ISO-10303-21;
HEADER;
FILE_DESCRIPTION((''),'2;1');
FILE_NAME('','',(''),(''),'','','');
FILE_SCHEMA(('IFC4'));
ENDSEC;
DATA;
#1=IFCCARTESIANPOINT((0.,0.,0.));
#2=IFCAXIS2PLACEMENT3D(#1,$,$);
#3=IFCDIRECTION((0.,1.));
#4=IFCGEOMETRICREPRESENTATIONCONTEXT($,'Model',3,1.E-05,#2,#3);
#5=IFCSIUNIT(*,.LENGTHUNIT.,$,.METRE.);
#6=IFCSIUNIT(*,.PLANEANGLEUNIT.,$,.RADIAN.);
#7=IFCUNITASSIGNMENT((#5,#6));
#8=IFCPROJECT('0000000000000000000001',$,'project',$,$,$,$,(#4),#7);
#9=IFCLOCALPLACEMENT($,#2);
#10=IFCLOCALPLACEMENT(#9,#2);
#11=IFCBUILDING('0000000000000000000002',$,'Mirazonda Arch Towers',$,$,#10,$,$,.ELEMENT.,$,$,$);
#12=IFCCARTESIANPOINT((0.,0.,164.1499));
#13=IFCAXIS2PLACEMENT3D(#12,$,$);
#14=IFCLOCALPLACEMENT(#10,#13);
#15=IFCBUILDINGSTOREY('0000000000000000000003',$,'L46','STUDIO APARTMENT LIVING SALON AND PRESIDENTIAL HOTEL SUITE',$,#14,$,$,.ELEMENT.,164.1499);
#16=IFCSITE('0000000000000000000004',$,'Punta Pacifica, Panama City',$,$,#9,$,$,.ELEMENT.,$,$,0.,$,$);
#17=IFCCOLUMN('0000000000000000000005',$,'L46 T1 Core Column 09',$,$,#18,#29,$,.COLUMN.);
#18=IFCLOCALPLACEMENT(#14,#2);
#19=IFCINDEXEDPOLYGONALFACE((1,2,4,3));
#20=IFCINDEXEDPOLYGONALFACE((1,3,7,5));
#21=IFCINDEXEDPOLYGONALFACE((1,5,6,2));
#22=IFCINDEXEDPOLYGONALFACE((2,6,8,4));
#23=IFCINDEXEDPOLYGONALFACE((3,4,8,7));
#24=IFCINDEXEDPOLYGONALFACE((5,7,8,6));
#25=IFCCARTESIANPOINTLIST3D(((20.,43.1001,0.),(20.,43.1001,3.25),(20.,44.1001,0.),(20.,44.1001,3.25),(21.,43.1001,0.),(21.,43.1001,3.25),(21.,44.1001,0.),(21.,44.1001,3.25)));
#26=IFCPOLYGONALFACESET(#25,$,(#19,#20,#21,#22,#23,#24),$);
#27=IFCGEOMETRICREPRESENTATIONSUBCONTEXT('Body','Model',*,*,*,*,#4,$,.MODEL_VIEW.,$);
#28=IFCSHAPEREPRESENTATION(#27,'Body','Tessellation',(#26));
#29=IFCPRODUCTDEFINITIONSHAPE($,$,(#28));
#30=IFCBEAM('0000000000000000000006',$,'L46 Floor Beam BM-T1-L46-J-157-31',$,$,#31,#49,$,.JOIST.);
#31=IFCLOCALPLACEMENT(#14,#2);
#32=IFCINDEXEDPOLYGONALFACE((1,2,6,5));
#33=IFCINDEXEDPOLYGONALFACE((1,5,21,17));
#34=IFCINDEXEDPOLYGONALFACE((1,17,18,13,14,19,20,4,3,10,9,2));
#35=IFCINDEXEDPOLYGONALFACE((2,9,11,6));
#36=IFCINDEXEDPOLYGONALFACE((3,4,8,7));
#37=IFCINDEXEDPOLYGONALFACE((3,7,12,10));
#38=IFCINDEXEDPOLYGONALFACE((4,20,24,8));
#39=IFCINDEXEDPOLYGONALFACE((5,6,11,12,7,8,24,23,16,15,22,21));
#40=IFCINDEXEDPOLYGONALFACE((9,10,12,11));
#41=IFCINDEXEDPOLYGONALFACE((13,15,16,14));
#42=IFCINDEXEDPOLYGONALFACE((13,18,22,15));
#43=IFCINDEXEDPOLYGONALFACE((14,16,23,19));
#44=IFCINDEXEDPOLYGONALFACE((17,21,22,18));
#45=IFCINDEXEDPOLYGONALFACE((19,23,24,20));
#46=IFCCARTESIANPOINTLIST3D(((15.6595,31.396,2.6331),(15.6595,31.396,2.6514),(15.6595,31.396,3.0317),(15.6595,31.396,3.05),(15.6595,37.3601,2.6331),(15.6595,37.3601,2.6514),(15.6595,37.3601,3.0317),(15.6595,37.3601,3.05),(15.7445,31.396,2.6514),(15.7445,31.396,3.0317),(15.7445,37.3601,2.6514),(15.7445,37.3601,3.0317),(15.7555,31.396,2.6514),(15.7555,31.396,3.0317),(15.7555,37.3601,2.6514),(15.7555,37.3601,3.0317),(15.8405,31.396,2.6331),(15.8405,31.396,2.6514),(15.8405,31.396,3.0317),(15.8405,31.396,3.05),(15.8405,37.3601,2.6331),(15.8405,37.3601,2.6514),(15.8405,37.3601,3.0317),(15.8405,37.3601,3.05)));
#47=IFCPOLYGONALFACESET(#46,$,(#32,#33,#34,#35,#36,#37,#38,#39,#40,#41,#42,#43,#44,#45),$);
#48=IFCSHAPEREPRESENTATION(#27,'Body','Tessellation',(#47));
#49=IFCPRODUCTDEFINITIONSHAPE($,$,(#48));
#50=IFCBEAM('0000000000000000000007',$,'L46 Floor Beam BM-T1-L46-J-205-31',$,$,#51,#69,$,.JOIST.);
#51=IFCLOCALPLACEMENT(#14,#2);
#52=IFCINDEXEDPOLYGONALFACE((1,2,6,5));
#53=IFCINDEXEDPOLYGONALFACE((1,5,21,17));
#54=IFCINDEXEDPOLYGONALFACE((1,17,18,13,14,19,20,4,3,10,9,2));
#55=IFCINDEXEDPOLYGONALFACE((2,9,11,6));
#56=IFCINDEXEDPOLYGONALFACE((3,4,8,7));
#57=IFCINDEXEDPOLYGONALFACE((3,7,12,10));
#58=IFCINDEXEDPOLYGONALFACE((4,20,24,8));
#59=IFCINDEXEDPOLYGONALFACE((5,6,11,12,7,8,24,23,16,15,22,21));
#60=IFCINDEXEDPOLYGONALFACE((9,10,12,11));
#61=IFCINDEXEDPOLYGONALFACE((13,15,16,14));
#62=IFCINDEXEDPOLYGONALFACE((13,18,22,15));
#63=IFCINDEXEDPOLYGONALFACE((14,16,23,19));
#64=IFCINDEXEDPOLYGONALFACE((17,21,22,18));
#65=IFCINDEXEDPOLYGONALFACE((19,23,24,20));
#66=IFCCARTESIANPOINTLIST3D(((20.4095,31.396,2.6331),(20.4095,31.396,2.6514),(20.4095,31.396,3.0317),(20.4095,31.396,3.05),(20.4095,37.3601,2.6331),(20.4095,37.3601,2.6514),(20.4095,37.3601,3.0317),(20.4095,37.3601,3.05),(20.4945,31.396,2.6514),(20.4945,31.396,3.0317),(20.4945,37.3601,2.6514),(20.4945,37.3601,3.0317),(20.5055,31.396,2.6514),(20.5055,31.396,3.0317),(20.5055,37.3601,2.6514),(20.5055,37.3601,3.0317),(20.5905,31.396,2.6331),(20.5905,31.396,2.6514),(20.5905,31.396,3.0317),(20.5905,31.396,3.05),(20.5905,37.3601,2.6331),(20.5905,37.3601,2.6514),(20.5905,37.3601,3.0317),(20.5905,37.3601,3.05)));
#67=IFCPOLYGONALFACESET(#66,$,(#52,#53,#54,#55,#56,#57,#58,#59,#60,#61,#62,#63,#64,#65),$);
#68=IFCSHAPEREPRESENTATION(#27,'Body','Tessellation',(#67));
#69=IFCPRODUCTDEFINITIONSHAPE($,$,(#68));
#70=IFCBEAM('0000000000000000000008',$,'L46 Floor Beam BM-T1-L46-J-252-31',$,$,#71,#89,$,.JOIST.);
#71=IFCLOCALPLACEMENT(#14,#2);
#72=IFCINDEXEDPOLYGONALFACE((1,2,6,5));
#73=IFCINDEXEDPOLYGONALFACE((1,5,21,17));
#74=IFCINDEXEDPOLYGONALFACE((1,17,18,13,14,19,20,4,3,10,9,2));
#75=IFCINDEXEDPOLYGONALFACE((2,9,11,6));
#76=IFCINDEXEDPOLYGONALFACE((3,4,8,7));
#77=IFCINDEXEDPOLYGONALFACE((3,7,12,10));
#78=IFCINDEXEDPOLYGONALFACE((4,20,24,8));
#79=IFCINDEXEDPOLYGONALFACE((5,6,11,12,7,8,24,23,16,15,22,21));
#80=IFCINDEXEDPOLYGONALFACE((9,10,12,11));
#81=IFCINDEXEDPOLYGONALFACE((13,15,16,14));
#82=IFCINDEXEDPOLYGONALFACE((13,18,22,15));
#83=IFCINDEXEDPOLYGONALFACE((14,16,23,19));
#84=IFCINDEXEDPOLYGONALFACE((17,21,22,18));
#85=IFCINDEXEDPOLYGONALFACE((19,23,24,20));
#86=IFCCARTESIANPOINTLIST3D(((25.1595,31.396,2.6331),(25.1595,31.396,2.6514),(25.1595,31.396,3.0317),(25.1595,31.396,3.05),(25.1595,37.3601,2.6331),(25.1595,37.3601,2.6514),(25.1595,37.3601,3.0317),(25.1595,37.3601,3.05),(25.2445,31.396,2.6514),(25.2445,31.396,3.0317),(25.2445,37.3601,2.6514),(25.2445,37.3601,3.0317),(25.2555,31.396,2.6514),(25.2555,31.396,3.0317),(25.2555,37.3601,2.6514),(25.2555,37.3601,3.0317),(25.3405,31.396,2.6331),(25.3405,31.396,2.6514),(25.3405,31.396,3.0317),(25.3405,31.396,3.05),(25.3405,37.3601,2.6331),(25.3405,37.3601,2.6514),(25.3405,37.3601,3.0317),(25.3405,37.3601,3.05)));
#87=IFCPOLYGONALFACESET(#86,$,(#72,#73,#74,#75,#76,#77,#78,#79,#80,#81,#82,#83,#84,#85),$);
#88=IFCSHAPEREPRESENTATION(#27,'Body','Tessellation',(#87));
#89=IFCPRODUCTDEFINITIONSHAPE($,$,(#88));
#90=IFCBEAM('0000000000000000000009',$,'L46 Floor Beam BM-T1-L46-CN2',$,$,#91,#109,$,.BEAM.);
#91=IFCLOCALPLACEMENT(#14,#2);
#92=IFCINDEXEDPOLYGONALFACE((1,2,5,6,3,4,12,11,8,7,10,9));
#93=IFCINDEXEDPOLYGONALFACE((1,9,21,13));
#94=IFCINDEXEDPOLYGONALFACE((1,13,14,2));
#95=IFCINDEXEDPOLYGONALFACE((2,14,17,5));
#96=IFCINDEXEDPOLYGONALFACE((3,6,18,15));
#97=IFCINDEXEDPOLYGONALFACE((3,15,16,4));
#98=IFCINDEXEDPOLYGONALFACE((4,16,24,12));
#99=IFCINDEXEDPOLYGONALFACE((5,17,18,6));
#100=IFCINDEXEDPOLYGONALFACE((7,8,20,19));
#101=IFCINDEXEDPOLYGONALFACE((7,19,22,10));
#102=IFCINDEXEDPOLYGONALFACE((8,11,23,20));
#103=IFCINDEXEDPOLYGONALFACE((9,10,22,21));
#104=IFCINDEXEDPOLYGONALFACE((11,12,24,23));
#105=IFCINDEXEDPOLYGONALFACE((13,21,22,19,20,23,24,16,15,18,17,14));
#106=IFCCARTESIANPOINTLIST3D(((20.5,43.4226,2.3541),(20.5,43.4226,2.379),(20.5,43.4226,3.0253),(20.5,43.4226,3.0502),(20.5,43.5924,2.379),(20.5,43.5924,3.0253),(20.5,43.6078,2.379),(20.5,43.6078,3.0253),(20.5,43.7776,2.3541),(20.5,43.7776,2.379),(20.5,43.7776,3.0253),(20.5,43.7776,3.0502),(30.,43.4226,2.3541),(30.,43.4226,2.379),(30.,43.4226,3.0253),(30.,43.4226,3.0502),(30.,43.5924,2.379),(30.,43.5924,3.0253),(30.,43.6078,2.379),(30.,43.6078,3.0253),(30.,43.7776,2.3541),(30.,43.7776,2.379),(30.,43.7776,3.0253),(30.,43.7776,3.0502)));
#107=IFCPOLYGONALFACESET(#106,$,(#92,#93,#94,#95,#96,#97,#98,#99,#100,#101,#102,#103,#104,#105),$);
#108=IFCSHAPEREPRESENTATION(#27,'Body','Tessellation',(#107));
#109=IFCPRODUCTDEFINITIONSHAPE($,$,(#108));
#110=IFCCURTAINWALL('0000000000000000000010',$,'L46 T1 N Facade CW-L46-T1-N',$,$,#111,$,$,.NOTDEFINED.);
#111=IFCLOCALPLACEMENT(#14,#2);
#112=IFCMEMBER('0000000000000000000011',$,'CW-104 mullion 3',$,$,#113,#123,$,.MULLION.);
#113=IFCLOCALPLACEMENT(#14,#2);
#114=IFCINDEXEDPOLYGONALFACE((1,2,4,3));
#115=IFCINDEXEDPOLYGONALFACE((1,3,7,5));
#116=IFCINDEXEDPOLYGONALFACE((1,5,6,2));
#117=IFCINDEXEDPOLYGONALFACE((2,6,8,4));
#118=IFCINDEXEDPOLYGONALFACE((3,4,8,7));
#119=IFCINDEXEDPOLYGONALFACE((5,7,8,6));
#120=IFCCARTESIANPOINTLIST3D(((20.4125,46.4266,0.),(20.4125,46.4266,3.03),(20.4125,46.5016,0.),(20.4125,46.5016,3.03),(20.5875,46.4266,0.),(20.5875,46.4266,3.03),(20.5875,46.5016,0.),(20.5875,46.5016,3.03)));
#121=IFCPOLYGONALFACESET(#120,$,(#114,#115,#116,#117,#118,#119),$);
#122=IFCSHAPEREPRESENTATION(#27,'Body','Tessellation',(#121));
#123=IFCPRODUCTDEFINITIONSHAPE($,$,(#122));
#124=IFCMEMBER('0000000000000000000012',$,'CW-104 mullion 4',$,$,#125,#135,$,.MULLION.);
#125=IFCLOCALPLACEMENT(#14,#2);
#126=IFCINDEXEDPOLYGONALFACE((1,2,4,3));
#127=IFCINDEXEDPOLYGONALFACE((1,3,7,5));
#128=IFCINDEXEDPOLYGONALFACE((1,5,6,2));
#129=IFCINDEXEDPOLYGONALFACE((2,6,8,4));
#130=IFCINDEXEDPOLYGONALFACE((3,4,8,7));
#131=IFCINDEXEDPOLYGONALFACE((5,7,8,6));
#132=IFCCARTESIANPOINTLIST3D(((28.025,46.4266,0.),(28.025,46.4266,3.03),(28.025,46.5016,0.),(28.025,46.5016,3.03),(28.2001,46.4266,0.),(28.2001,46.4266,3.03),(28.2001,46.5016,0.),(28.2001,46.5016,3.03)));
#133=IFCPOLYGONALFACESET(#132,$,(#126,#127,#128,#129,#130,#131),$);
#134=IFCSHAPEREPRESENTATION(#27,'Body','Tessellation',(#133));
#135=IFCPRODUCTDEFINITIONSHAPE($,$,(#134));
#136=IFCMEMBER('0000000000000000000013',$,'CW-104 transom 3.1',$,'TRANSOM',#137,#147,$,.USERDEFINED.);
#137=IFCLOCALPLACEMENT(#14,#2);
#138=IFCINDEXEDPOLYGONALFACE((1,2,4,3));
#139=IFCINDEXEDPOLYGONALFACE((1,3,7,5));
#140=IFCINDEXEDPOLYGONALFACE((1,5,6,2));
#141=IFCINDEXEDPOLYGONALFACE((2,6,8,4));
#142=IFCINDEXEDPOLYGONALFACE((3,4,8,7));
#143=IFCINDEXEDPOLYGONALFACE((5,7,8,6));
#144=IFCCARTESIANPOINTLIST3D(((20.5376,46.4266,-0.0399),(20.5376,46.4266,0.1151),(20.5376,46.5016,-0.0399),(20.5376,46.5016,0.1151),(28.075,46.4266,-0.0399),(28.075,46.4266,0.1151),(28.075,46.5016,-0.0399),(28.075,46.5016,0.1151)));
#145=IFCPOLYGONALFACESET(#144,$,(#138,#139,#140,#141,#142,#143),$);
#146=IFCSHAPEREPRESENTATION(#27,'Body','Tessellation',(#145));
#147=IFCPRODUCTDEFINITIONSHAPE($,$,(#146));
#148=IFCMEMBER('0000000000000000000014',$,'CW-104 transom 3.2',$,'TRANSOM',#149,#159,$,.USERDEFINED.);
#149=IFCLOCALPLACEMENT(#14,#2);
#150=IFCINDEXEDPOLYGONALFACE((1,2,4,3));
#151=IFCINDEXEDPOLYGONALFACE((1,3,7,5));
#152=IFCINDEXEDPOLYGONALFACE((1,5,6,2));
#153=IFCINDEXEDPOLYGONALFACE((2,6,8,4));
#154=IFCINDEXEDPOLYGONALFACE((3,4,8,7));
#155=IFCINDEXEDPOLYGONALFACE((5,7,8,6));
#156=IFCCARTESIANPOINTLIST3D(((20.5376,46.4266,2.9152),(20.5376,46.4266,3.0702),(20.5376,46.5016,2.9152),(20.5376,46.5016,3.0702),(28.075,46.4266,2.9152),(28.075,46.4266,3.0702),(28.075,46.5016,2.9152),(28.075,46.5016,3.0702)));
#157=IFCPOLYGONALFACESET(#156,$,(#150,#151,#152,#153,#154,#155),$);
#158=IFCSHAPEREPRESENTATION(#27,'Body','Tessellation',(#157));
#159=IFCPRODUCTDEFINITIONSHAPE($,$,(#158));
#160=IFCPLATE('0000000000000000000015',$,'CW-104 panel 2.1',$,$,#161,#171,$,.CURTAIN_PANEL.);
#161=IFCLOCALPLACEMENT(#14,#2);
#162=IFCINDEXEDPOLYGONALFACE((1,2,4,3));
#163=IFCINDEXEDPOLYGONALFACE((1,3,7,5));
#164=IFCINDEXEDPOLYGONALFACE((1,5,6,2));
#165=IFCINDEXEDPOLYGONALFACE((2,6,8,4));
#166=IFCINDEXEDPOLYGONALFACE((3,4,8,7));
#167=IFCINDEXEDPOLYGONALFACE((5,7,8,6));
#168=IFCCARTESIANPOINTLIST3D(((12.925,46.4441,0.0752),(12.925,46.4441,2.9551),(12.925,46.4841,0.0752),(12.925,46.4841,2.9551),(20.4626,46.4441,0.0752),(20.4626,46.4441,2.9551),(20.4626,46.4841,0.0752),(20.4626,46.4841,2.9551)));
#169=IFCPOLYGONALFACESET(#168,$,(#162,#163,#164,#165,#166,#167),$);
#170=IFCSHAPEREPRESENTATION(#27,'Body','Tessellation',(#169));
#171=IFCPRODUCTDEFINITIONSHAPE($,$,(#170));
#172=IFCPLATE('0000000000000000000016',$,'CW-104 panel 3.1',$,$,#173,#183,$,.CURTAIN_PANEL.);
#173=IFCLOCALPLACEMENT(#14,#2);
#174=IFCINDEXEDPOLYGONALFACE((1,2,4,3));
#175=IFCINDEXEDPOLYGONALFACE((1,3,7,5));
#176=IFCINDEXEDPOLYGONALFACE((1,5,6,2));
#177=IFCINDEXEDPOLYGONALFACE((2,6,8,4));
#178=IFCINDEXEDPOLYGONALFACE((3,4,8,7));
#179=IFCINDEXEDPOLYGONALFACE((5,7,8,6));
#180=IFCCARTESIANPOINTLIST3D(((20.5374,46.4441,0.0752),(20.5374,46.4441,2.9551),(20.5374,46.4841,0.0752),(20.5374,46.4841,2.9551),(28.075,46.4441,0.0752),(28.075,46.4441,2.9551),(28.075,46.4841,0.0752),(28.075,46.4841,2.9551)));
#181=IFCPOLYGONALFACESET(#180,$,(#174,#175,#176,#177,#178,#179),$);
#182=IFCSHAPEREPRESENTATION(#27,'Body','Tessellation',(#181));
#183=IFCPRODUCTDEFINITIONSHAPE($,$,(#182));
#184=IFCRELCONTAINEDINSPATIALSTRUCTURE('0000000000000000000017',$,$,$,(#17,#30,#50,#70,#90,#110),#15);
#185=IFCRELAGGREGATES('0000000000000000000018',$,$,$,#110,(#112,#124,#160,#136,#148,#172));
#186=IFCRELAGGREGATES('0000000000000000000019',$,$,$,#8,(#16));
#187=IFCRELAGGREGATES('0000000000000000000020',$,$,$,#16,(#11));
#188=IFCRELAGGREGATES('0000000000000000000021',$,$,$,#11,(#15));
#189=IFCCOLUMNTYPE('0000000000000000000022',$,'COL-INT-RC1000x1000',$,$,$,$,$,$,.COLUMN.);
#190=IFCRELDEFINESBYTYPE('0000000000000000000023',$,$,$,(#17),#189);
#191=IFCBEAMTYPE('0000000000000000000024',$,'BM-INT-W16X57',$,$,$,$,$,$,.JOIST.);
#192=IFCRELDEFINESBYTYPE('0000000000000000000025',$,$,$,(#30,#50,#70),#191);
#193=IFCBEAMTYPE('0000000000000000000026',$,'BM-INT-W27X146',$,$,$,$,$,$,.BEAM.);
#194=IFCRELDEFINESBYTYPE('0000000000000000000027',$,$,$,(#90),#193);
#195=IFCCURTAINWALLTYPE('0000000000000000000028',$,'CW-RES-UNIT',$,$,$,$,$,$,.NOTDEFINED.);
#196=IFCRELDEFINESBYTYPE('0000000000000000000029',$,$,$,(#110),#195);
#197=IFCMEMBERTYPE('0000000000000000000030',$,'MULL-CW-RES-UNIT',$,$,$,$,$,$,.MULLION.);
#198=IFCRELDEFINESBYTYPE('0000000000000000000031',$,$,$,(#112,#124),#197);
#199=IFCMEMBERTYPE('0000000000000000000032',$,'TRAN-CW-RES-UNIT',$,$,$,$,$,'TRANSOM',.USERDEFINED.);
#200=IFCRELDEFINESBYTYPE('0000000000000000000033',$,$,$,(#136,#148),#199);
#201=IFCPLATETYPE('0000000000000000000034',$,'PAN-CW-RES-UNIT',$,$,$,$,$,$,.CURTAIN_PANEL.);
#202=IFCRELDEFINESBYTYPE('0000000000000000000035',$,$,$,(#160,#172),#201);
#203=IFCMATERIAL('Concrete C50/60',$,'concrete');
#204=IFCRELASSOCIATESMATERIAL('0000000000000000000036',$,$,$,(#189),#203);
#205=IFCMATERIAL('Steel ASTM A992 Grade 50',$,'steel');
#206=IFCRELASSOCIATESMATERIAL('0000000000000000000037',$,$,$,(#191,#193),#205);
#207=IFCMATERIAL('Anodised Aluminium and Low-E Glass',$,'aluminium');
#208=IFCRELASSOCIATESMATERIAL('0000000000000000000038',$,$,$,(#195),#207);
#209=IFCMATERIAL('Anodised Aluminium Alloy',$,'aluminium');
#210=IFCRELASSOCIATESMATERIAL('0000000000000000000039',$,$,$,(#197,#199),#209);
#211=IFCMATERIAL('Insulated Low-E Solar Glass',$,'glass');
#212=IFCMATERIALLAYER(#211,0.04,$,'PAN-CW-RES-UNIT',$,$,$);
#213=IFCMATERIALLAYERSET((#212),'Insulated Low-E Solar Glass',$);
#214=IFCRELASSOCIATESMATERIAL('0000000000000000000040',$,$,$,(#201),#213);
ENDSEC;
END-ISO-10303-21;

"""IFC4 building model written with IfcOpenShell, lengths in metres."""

from ifc_helpers import new_model, si_unit, direction, frame, origin, origin_2d, place, context, subcontext, project, spatial, rectangle, i_section, extrude, material, layer, layer_set, material_profile, profile_set, type_object, element, aggregate, save


model = new_model("IFC4")

# Units and contexts
model_context = context("Model", 3, precision=1e-05, world=origin(), true_north=direction((0.0, 1.0)))
body_context = subcontext(model_context, "Body", "Model", "MODEL_VIEW")
ifc_project = project(units=[si_unit("LENGTHUNIT", "METRE"), si_unit("PLANEANGLEUNIT", "RADIAN")], contexts=[model_context])

# Site, building, storey
site_placement = place(None, origin())
site = spatial("IfcSite", under=ifc_project, at=site_placement, Name="Punta Pacifica, Panama City", CompositionType="ELEMENT", RefElevation=0.0)
building_placement = place(site_placement, origin())
building = spatial("IfcBuilding", under=site, at=building_placement, Name="Mirazonda Arch Towers", CompositionType="ELEMENT")
storey_placement = place(building_placement, frame((0.0, 0.0, 164.1499)))
storey = spatial("IfcBuildingStorey", under=building, at=storey_placement, Name="L46", Description="STUDIO APARTMENT LIVING SALON AND PRESIDENTIAL HOTEL SUITE", CompositionType="ELEMENT", Elevation=164.1499)

# Column
ifc_material_1 = material(Name="Concrete C50/60", Category="concrete")
ifc_material_profile_1 = material_profile(ifc_material_1, rectangle(XDim=1.0, YDim=1.0, at=origin_2d()), Name="RC1000x1000")
ifc_profile_set_1 = profile_set([ifc_material_profile_1], Name="Concrete C50/60")
column_type = type_object("IfcColumnType", Name="COL-INT-RC1000x1000", PredefinedType="COLUMN", material=ifc_profile_set_1)
column_placement = place(storey_placement, frame((20.5, 43.6001, 0.0), z_axis=(0.0, 0.0, 1.0), x_axis=(1.0, 0.0, 0.0)))
element("IfcColumn", 1, at=column_placement, inside=storey, type_object=column_type, Name="L46 T1 Core Column 09", PredefinedType="COLUMN", context=body_context, shape_type="SweptSolid", body=[
    extrude(rectangle(XDim=1.0, YDim=1.0, at=origin_2d()), origin(), (0.0, 0.0, 1.0), 3.25),
])

# Beams
ifc_material_2 = material(Name="Steel ASTM A992 Grade 50", Category="steel")
ifc_material_profile_2 = material_profile(ifc_material_2, i_section(OverallWidth=0.1809, OverallDepth=0.417, WebThickness=0.011, FlangeThickness=0.0183, at=origin_2d()), Name="W16X57")
ifc_profile_set_2 = profile_set([ifc_material_profile_2], Name="Steel ASTM A992 Grade 50")
beam_type_1 = type_object("IfcBeamType", Name="BM-INT-W16X57", PredefinedType="JOIST", material=ifc_profile_set_2)
for number, where, z_axis, x_axis, name in (
    (2, (15.75, 31.396, 2.8416), (0.0, 1.0, 0.0), (-1.0, 0.0, 0.0), "L46 Floor Beam BM-T1-L46-J-157-31"),
    (3, (20.5, 31.396, 2.8416), (0.0, 1.0, 0.0), (-1.0, 0.0, 0.0), "L46 Floor Beam BM-T1-L46-J-205-31"),
    (4, (25.25, 31.396, 2.8416), (0.0, 1.0, 0.0), (-1.0, 0.0, 0.0), "L46 Floor Beam BM-T1-L46-J-252-31"),
):
    element("IfcBeam", number, at=place(storey_placement, frame(where, z_axis=z_axis, x_axis=x_axis)), inside=storey, type_object=beam_type_1, Name=name, PredefinedType="JOIST", context=body_context, shape_type="SweptSolid", body=[
        extrude(i_section(OverallWidth=0.1809, OverallDepth=0.417, WebThickness=0.011, FlangeThickness=0.0183, at=origin_2d()), origin(), (0.0, 0.0, 1.0), 5.9641),
    ])
ifc_material_profile_3 = material_profile(ifc_material_2, i_section(OverallWidth=0.355, OverallDepth=0.696, WebThickness=0.0154, FlangeThickness=0.0249, at=origin_2d()), Name="W27X146")
ifc_profile_set_3 = profile_set([ifc_material_profile_3], Name="Steel ASTM A992 Grade 50")
beam_type_2 = type_object("IfcBeamType", Name="BM-INT-W27X146", PredefinedType="BEAM", material=ifc_profile_set_3)
beam_placement = place(storey_placement, frame((20.5, 43.6001, 2.7021), z_axis=(1.0, 0.0, 0.0), x_axis=(0.0, 1.0, 0.0)))
element("IfcBeam", 5, at=beam_placement, inside=storey, type_object=beam_type_2, Name="L46 Floor Beam BM-T1-L46-CN2", PredefinedType="BEAM", context=body_context, shape_type="SweptSolid", body=[
    extrude(i_section(OverallWidth=0.355, OverallDepth=0.696, WebThickness=0.0154, FlangeThickness=0.0249, at=origin_2d()), origin(), (0.0, 0.0, 1.0), 9.5),
])

# Curtain wall, members, plates
ifc_material_3 = material(Name="Anodised Aluminium and Low-E Glass", Category="aluminium")
curtain_wall_type = type_object("IfcCurtainWallType", Name="CW-RES-UNIT", PredefinedType="NOTDEFINED", material=ifc_material_3)
curtain_wall_placement = place(storey_placement, origin())
curtain_wall = element("IfcCurtainWall", 6, at=curtain_wall_placement, inside=storey, type_object=curtain_wall_type, Name="L46 T1 N Facade CW-L46-T1-N", PredefinedType="NOTDEFINED")
ifc_material_4 = material(Name="Anodised Aluminium Alloy", Category="aluminium")
ifc_material_profile_4 = material_profile(ifc_material_4, rectangle(XDim=0.075, YDim=0.175, at=origin_2d()), Name="ALU-MULL-75x175")
ifc_profile_set_4 = profile_set([ifc_material_profile_4], Name="Anodised Aluminium Alloy")
member_type_1 = type_object("IfcMemberType", Name="MULL-CW-RES-UNIT", PredefinedType="MULLION", material=ifc_profile_set_4)
member_1_placement = place(storey_placement, frame((20.5, 46.4641, 0.0), z_axis=(0.0, 0.0, 1.0), x_axis=(0.0, 1.0, 0.0)))
member_1 = element("IfcMember", 7, at=member_1_placement, type_object=member_type_1, Name="CW-104 mullion 3", PredefinedType="MULLION", context=body_context, shape_type="SweptSolid", body=[
    extrude(rectangle(XDim=0.075, YDim=0.175, at=origin_2d()), origin(), (0.0, 0.0, 1.0), 3.03),
])
member_2_placement = place(storey_placement, frame((28.1125, 46.4641, 0.0), z_axis=(0.0, 0.0, 1.0), x_axis=(0.0, 1.0, 0.0)))
member_2 = element("IfcMember", 8, at=member_2_placement, type_object=member_type_1, Name="CW-104 mullion 4", PredefinedType="MULLION", context=body_context, shape_type="SweptSolid", body=[
    extrude(rectangle(XDim=0.075, YDim=0.175, at=origin_2d()), origin(), (0.0, 0.0, 1.0), 3.03),
])
ifc_material_profile_5 = material_profile(ifc_material_4, rectangle(XDim=0.075, YDim=0.155, at=origin_2d()), Name="ALU-TRAN-75x155")
ifc_profile_set_5 = profile_set([ifc_material_profile_5], Name="Anodised Aluminium Alloy")
member_type_2 = type_object("IfcMemberType", Name="TRAN-CW-RES-UNIT", ElementType="TRANSOM", PredefinedType="USERDEFINED", material=ifc_profile_set_5)
member_3_placement = place(storey_placement, frame((20.5376, 46.4641, 0.0376), z_axis=(1.0, 0.0, 0.0), x_axis=(0.0, 1.0, 0.0)))
member_3 = element("IfcMember", 9, at=member_3_placement, type_object=member_type_2, Name="CW-104 transom 3.1", ObjectType="TRANSOM", PredefinedType="USERDEFINED", context=body_context, shape_type="SweptSolid", body=[
    extrude(rectangle(XDim=0.075, YDim=0.155, at=origin_2d()), origin(), (0.0, 0.0, 1.0), 7.5374),
])
member_4_placement = place(storey_placement, frame((20.5376, 46.4641, 2.9927), z_axis=(1.0, 0.0, 0.0), x_axis=(0.0, 1.0, 0.0)))
member_4 = element("IfcMember", 10, at=member_4_placement, type_object=member_type_2, Name="CW-104 transom 3.2", ObjectType="TRANSOM", PredefinedType="USERDEFINED", context=body_context, shape_type="SweptSolid", body=[
    extrude(rectangle(XDim=0.075, YDim=0.155, at=origin_2d()), origin(), (0.0, 0.0, 1.0), 7.5374),
])
ifc_material_5 = material(Name="Insulated Low-E Solar Glass", Category="glass")
ifc_layer_1 = layer(ifc_material_5, 0.04, Name="PAN-CW-RES-UNIT")
ifc_layer_set_1 = layer_set([ifc_layer_1], Name="Insulated Low-E Solar Glass")
plate_type = type_object("IfcPlateType", Name="PAN-CW-RES-UNIT", PredefinedType="CURTAIN_PANEL", material=ifc_layer_set_1)
plate_1_placement = place(storey_placement, frame((16.6938, 46.4641, 0.0752), z_axis=(0.0, 0.0, 1.0), x_axis=(1.0, 0.0, 0.0)))
plate_1 = element("IfcPlate", 11, at=plate_1_placement, type_object=plate_type, Name="CW-104 panel 2.1", PredefinedType="CURTAIN_PANEL", context=body_context, shape_type="SweptSolid", body=[
    extrude(rectangle(XDim=7.5376, YDim=0.04, at=origin_2d()), origin(), (0.0, 0.0, 1.0), 2.8799),
])
plate_2_placement = place(storey_placement, frame((24.3062, 46.4641, 0.0752), z_axis=(0.0, 0.0, 1.0), x_axis=(1.0, 0.0, 0.0)))
plate_2 = element("IfcPlate", 12, at=plate_2_placement, type_object=plate_type, Name="CW-104 panel 3.1", PredefinedType="CURTAIN_PANEL", context=body_context, shape_type="SweptSolid", body=[
    extrude(rectangle(XDim=7.5376, YDim=0.04, at=origin_2d()), origin(), (0.0, 0.0, 1.0), 2.8799),
])
aggregate(curtain_wall, [member_1, member_2, plate_1, member_3, member_4, plate_2])

save(model, "model.ifc")
